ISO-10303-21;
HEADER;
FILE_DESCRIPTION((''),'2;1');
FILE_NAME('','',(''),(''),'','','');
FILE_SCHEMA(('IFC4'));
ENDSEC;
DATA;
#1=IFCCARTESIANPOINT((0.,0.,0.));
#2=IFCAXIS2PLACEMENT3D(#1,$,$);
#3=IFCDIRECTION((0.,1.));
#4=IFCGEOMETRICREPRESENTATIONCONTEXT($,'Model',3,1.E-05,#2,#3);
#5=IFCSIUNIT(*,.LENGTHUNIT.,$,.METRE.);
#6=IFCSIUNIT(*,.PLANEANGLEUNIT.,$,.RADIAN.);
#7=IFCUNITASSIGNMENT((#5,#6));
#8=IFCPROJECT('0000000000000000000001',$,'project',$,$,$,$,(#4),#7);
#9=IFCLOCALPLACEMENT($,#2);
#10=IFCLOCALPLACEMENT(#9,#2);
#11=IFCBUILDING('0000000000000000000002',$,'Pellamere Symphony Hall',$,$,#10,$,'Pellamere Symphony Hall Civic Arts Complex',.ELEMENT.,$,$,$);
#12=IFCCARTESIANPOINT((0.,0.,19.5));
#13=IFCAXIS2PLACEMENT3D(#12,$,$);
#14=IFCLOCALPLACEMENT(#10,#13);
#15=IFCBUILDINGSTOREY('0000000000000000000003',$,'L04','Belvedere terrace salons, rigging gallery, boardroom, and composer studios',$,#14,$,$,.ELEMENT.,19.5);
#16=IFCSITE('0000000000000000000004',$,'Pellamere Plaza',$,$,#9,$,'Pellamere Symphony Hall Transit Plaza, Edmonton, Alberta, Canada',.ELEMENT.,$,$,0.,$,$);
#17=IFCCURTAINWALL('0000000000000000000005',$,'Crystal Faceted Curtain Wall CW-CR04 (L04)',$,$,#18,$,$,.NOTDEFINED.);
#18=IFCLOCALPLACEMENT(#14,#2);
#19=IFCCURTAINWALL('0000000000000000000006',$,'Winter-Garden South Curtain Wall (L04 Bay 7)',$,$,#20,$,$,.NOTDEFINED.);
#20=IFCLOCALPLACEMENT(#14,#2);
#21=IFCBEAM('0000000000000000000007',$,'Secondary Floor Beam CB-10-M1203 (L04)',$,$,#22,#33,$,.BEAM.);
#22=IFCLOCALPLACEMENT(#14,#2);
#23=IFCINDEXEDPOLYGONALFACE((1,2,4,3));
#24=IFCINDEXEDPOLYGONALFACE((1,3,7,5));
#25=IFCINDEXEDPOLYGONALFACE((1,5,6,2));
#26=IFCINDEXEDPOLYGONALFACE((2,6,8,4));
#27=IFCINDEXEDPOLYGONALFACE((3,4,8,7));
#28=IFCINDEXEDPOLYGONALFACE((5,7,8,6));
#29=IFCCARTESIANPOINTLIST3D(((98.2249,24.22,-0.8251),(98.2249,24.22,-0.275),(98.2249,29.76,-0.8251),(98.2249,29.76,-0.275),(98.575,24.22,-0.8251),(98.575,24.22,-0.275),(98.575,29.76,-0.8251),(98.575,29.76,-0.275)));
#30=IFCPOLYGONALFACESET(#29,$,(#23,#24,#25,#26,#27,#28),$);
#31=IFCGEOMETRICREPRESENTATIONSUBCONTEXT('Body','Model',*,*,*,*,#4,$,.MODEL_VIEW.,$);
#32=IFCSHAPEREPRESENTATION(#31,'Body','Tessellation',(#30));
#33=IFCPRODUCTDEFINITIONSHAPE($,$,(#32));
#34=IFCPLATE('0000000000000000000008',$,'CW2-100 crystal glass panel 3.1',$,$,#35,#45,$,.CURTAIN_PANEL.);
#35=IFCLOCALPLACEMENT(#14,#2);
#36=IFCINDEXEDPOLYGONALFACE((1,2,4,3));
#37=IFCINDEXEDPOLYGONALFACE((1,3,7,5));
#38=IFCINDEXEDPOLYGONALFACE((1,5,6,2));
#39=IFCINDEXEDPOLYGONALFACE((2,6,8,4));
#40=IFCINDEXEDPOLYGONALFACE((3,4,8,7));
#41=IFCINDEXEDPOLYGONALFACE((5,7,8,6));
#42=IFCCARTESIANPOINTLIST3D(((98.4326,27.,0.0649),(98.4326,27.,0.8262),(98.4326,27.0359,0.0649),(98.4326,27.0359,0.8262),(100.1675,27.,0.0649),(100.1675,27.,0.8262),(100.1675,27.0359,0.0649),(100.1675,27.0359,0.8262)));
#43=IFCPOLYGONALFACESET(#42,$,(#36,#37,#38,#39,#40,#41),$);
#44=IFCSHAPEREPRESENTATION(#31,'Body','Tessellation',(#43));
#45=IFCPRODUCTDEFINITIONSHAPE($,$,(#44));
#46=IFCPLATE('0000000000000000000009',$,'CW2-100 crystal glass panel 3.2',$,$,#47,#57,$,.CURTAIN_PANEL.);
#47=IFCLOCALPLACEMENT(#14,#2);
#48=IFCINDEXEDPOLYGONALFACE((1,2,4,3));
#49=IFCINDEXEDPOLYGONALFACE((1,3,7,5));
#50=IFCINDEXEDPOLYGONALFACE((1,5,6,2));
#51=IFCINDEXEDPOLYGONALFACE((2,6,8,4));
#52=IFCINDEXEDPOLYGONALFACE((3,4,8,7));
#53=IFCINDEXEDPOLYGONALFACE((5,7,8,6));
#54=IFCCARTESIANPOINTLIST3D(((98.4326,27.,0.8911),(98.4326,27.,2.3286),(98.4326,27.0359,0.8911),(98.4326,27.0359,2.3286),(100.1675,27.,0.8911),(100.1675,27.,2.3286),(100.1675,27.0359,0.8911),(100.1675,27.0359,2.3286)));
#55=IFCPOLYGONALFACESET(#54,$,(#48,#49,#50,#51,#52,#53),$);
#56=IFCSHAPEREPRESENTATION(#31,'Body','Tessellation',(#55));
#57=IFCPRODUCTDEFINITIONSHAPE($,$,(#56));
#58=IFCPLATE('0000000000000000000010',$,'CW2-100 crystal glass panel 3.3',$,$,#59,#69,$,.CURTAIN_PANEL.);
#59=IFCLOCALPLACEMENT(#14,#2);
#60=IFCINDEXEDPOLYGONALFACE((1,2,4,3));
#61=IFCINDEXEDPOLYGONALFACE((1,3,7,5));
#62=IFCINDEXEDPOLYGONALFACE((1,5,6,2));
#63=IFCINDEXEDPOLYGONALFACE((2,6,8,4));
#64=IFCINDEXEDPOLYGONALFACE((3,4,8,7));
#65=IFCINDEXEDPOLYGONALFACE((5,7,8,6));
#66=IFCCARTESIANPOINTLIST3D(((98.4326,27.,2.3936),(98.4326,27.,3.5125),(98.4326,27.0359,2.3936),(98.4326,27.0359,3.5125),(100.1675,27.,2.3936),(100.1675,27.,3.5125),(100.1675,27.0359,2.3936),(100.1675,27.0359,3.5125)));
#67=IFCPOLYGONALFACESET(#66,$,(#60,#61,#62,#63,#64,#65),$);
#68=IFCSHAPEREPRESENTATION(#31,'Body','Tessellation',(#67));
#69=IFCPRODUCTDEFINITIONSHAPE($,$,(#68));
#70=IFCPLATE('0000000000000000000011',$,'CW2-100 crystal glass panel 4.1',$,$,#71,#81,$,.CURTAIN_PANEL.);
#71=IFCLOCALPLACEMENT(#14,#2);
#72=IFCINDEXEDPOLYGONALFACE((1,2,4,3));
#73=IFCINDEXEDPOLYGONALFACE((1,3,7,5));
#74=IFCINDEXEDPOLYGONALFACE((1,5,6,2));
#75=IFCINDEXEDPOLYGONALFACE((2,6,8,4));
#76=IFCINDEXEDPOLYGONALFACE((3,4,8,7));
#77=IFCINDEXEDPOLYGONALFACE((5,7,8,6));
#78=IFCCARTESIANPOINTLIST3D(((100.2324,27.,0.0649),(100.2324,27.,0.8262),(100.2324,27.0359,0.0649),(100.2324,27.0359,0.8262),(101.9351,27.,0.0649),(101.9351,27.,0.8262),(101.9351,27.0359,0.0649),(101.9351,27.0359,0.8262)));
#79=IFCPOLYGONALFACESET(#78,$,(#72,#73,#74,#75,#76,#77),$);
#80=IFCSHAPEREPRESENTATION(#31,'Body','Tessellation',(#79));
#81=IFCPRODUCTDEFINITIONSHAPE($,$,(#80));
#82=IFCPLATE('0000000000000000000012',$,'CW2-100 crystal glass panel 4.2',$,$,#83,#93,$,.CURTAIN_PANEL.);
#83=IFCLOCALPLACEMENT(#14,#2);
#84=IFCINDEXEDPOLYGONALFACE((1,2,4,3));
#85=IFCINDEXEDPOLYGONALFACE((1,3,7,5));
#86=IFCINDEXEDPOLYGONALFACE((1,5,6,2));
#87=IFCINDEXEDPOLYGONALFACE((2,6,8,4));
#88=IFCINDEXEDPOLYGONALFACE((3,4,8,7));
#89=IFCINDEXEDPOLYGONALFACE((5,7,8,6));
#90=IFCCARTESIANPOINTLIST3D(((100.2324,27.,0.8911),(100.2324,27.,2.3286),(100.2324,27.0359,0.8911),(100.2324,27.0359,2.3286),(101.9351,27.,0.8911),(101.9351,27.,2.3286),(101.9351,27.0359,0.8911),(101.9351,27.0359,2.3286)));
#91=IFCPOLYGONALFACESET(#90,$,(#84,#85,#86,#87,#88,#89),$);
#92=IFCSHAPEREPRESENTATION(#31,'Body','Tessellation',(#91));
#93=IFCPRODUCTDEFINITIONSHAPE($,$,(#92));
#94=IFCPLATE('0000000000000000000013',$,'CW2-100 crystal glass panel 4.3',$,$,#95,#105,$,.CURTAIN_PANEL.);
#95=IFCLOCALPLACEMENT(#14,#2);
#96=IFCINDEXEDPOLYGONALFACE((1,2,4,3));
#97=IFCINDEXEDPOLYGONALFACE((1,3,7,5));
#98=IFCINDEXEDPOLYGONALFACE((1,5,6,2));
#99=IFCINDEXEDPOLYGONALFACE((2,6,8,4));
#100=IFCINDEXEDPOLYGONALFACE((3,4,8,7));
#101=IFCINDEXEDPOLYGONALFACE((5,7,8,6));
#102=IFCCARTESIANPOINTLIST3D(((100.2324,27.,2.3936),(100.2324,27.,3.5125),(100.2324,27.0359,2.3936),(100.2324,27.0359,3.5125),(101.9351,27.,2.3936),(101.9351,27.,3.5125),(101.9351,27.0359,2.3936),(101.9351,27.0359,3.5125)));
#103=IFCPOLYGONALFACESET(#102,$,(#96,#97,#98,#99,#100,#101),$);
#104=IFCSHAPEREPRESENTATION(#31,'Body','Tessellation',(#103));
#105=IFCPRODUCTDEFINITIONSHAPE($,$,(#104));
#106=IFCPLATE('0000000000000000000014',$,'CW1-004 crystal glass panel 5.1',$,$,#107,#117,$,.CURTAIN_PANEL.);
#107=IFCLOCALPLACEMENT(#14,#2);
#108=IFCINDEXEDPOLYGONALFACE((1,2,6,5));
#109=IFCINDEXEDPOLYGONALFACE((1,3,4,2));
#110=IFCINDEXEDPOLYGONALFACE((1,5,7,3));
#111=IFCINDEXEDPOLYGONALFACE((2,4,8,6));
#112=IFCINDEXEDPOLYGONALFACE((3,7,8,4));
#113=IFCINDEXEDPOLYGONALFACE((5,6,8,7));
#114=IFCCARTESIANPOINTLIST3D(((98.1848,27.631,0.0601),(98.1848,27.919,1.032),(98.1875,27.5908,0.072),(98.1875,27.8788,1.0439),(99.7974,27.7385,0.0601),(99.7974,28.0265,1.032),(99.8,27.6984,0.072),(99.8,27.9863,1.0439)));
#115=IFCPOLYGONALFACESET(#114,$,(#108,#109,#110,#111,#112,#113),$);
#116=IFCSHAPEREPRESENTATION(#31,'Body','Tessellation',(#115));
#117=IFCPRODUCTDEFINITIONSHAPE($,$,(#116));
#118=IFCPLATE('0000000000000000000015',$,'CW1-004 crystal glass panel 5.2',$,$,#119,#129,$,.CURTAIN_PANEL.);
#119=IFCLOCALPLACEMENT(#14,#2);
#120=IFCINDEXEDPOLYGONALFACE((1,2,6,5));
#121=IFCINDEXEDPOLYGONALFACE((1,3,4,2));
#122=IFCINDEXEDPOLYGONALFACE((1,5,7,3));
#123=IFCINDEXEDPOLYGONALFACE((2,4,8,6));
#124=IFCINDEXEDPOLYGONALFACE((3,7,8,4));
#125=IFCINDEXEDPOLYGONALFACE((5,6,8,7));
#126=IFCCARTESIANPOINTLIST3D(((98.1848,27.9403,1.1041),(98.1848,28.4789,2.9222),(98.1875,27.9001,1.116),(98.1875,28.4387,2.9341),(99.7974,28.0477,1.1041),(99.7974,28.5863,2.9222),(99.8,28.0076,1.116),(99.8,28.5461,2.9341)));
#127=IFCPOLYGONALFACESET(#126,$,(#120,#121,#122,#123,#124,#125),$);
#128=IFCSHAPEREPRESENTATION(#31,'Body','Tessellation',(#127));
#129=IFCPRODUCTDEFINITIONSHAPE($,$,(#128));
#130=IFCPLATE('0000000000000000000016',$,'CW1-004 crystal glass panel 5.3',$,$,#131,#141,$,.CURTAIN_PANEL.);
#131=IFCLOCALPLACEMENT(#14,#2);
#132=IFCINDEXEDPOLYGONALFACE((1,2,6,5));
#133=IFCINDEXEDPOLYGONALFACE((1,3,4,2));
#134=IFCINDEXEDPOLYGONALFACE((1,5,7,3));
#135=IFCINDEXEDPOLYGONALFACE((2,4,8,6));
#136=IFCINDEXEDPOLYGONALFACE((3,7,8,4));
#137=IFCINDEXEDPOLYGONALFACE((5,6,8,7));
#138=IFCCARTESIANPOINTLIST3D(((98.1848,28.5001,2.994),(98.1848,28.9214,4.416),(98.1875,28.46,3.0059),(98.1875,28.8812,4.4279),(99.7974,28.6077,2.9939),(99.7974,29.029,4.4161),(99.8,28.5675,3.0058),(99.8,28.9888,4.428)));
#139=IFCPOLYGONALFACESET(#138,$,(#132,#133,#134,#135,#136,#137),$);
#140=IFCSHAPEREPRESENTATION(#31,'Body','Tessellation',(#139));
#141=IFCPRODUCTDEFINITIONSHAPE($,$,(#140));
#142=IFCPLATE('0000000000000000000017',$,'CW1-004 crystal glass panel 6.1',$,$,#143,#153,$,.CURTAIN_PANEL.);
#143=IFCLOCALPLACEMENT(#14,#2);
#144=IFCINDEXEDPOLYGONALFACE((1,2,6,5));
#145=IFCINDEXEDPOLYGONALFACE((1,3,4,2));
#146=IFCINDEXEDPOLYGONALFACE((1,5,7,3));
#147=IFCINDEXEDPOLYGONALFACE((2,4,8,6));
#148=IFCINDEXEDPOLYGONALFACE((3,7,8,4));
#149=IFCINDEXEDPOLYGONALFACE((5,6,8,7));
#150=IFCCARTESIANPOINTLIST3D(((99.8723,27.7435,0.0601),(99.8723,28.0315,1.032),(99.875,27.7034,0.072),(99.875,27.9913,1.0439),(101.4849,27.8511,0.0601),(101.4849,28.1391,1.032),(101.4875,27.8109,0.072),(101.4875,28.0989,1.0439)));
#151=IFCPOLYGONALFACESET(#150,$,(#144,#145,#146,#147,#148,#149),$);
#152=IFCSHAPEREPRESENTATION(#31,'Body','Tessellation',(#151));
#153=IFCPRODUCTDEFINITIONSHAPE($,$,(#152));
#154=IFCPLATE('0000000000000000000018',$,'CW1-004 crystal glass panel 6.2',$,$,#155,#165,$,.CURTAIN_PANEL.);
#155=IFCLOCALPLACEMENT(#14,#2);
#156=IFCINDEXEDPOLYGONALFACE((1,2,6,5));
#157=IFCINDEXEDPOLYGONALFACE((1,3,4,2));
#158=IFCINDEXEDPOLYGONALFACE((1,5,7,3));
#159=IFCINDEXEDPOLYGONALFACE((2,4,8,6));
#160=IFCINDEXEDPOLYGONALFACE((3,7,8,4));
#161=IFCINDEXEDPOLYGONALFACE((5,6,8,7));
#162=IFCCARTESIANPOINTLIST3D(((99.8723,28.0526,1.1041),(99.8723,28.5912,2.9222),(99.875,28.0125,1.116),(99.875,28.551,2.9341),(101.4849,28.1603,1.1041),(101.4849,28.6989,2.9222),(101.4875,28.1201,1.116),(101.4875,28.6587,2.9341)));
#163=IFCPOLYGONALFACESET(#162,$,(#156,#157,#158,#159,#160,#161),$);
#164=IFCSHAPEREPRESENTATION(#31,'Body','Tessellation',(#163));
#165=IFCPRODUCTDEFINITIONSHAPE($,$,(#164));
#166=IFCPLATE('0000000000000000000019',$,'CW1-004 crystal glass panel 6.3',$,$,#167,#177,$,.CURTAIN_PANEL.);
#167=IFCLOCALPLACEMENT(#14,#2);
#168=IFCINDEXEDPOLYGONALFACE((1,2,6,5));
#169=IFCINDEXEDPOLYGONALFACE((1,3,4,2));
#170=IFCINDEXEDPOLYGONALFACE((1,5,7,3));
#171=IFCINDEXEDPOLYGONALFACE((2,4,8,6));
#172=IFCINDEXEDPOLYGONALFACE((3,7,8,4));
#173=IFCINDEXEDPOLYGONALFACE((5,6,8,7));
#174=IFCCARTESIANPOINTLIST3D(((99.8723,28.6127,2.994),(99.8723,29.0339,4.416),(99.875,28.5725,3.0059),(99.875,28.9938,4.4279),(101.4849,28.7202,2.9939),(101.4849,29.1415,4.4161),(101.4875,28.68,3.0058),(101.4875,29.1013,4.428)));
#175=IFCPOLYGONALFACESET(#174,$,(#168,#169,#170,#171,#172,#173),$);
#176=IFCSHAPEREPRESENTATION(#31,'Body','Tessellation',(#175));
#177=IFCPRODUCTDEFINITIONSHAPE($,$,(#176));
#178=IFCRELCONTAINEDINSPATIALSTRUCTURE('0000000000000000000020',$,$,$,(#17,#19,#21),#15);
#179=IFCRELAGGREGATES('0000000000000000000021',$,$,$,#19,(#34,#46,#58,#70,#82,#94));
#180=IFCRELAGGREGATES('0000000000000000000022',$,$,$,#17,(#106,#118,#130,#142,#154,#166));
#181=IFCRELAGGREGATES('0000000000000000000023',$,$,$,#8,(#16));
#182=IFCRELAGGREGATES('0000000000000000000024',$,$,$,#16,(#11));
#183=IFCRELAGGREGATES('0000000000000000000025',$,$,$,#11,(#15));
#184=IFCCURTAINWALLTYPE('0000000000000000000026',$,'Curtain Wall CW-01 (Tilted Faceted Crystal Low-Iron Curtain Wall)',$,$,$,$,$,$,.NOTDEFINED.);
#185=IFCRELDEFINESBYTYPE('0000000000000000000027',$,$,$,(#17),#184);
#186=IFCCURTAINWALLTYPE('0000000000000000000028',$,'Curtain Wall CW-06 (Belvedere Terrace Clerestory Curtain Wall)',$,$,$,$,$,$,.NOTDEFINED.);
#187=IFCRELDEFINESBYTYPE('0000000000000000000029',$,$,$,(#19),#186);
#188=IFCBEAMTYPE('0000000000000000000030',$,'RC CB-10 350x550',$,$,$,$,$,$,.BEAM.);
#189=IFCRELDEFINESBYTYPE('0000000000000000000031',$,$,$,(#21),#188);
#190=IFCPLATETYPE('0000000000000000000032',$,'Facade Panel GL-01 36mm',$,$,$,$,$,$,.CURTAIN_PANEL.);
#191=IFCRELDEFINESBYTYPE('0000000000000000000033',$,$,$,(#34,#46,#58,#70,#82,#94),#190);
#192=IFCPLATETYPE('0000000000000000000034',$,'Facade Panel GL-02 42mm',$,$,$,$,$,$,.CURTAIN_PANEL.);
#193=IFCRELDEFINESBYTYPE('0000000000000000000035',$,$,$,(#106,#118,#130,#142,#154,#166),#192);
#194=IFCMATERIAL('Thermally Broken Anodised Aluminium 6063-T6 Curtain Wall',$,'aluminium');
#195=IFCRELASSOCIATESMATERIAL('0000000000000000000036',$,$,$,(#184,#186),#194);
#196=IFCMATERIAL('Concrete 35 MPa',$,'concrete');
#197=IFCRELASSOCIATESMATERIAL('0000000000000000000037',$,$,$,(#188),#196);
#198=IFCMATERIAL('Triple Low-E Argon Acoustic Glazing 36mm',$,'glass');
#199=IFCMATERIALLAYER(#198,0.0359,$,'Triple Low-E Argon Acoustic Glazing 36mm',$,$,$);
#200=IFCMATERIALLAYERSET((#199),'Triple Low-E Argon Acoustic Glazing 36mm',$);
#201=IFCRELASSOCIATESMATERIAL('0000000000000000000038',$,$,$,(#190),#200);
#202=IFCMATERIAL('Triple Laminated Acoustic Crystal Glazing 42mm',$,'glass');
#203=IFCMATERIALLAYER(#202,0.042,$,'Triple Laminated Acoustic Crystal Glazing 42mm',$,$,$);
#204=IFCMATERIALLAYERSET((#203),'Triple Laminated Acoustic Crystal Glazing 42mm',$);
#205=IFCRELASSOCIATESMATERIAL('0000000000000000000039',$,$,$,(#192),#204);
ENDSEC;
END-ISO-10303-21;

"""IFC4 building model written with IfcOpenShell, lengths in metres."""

from ifc_helpers import new_model, si_unit, direction, frame, origin, origin_2d, place, context, subcontext, project, spatial, polyline, rectangle, outline, extrude, material, layer, layer_set, material_profile, profile_set, type_object, element, aggregate, save


model = new_model("IFC4")

# Units and contexts
model_context = context("Model", 3, precision=1e-05, world=origin(), true_north=direction((0.0, 1.0)))
body_context = subcontext(model_context, "Body", "Model", "MODEL_VIEW")
ifc_project = project(units=[si_unit("LENGTHUNIT", "METRE"), si_unit("PLANEANGLEUNIT", "RADIAN")], contexts=[model_context])

# Site, building, storey
site_placement = place(None, origin())
site = spatial("IfcSite", under=ifc_project, at=site_placement, Name="Pellamere Plaza", LongName="Pellamere Symphony Hall Transit Plaza, Edmonton, Alberta, Canada", CompositionType="ELEMENT", RefElevation=0.0)
building_placement = place(site_placement, origin())
building = spatial("IfcBuilding", under=site, at=building_placement, Name="Pellamere Symphony Hall", LongName="Pellamere Symphony Hall Civic Arts Complex", CompositionType="ELEMENT")
storey_placement = place(building_placement, frame((0.0, 0.0, 19.5)))
storey = spatial("IfcBuildingStorey", under=building, at=storey_placement, Name="L04", Description="Belvedere terrace salons, rigging gallery, boardroom, and composer studios", CompositionType="ELEMENT", Elevation=19.5)

# Curtain walls
ifc_material_1 = material(Name="Thermally Broken Anodised Aluminium 6063-T6 Curtain Wall", Category="aluminium")
curtain_wall_type_1 = type_object("IfcCurtainWallType", Name="Curtain Wall CW-01 (Tilted Faceted Crystal Low-Iron Curtain Wall)", PredefinedType="NOTDEFINED", material=ifc_material_1)
curtain_wall_1_placement = place(storey_placement, origin())
curtain_wall_1 = element("IfcCurtainWall", 1, at=curtain_wall_1_placement, inside=storey, type_object=curtain_wall_type_1, Name="Crystal Faceted Curtain Wall CW-CR04 (L04)", PredefinedType="NOTDEFINED")
curtain_wall_type_2 = type_object("IfcCurtainWallType", Name="Curtain Wall CW-06 (Belvedere Terrace Clerestory Curtain Wall)", PredefinedType="NOTDEFINED", material=ifc_material_1)
curtain_wall_2_placement = place(storey_placement, origin())
curtain_wall_2 = element("IfcCurtainWall", 2, at=curtain_wall_2_placement, inside=storey, type_object=curtain_wall_type_2, Name="Winter-Garden South Curtain Wall (L04 Bay 7)", PredefinedType="NOTDEFINED")

# Beam
ifc_material_2 = material(Name="Concrete 35 MPa", Category="concrete")
ifc_material_profile_1 = material_profile(ifc_material_2, rectangle(XDim=0.3501, YDim=0.55, at=origin_2d()), Name="RC 350x550")
ifc_profile_set_1 = profile_set([ifc_material_profile_1], Name="Concrete 35 MPa")
beam_type_1 = type_object("IfcBeamType", Name="RC CB-10 350x550", PredefinedType="BEAM", material=ifc_profile_set_1)
beam_1_placement = place(storey_placement, frame((98.3999, 24.22, -0.55), z_axis=(0.0, 1.0, 0.0), x_axis=(-1.0, 0.0, 0.0)))
element("IfcBeam", 3, at=beam_1_placement, inside=storey, type_object=beam_type_1, Name="Secondary Floor Beam CB-10-M1203 (L04)", PredefinedType="BEAM", context=body_context, shape_type="SweptSolid", body=[
    extrude(rectangle(XDim=0.3501, YDim=0.55, at=origin_2d()), origin(), (0.0, 0.0, 1.0), 5.54),
])

# Plates
ifc_material_3 = material(Name="Triple Low-E Argon Acoustic Glazing 36mm", Category="glass")
ifc_layer_1 = layer(ifc_material_3, 0.0359, Name="Triple Low-E Argon Acoustic Glazing 36mm")
ifc_layer_set_1 = layer_set([ifc_layer_1], Name="Triple Low-E Argon Acoustic Glazing 36mm")
plate_type_1 = type_object("IfcPlateType", Name="Facade Panel GL-01 36mm", PredefinedType="CURTAIN_PANEL", material=ifc_layer_set_1)
plate_1_placement = place(storey_placement, frame((98.4326, 27.0, 0.0649), z_axis=(0.0, -1.0, 0.0), x_axis=(1.0, 0.0, 0.0)))
plate_1 = element("IfcPlate", 4, at=plate_1_placement, type_object=plate_type_1, Name="CW2-100 crystal glass panel 3.1", PredefinedType="CURTAIN_PANEL", context=body_context, shape_type="SweptSolid", body=[
    extrude(outline(polyline([(0.0, 0.0), (1.7349, 0.0), (1.7349, 0.7612), (0.0, 0.7612), (0.0, 0.0)])), origin(), (0.0, 0.0, -1.0), 0.0359),
])
plate_2_placement = place(storey_placement, frame((98.4326, 27.0, 0.8911), z_axis=(0.0, -1.0, 0.0), x_axis=(1.0, 0.0, 0.0)))
plate_2 = element("IfcPlate", 5, at=plate_2_placement, type_object=plate_type_1, Name="CW2-100 crystal glass panel 3.2", PredefinedType="CURTAIN_PANEL", context=body_context, shape_type="SweptSolid", body=[
    extrude(outline(polyline([(0.0, 0.0), (1.7349, 0.0), (1.7349, 1.4375), (0.0, 1.4375), (0.0, 0.0)])), origin(), (0.0, 0.0, -1.0), 0.0359),
])
plate_3_placement = place(storey_placement, frame((98.4326, 27.0, 2.3936), z_axis=(0.0, -1.0, 0.0), x_axis=(1.0, 0.0, 0.0)))
plate_3 = element("IfcPlate", 6, at=plate_3_placement, type_object=plate_type_1, Name="CW2-100 crystal glass panel 3.3", PredefinedType="CURTAIN_PANEL", context=body_context, shape_type="SweptSolid", body=[
    extrude(outline(polyline([(0.0, 0.0), (1.7349, 0.0), (1.7349, 1.1189), (0.0, 1.1189), (0.0, 0.0)])), origin(), (0.0, 0.0, -1.0), 0.0359),
])
plate_4_placement = place(storey_placement, frame((100.2324, 27.0, 0.0649), z_axis=(0.0, -1.0, 0.0), x_axis=(1.0, 0.0, 0.0)))
plate_4 = element("IfcPlate", 7, at=plate_4_placement, type_object=plate_type_1, Name="CW2-100 crystal glass panel 4.1", PredefinedType="CURTAIN_PANEL", context=body_context, shape_type="SweptSolid", body=[
    extrude(outline(polyline([(0.0, 0.0), (1.7026, 0.0), (1.7026, 0.7612), (0.0, 0.7612), (0.0, 0.0)])), origin(), (0.0, 0.0, -1.0), 0.0359),
])
plate_5_placement = place(storey_placement, frame((100.2324, 27.0, 0.8911), z_axis=(0.0, -1.0, 0.0), x_axis=(1.0, 0.0, 0.0)))
plate_5 = element("IfcPlate", 8, at=plate_5_placement, type_object=plate_type_1, Name="CW2-100 crystal glass panel 4.2", PredefinedType="CURTAIN_PANEL", context=body_context, shape_type="SweptSolid", body=[
    extrude(outline(polyline([(0.0, 0.0), (1.7026, 0.0), (1.7026, 1.4375), (0.0, 1.4375), (0.0, 0.0)])), origin(), (0.0, 0.0, -1.0), 0.0359),
])
plate_6_placement = place(storey_placement, frame((100.2324, 27.0, 2.3936), z_axis=(0.0, -1.0, 0.0), x_axis=(1.0, 0.0, 0.0)))
plate_6 = element("IfcPlate", 9, at=plate_6_placement, type_object=plate_type_1, Name="CW2-100 crystal glass panel 4.3", PredefinedType="CURTAIN_PANEL", context=body_context, shape_type="SweptSolid", body=[
    extrude(outline(polyline([(0.0, 0.0), (1.7026, 0.0), (1.7026, 1.1189), (0.0, 1.1189), (0.0, 0.0)])), origin(), (0.0, 0.0, -1.0), 0.0359),
])
aggregate(curtain_wall_2, [plate_1, plate_2, plate_3, plate_4, plate_5, plate_6])
ifc_material_4 = material(Name="Triple Laminated Acoustic Crystal Glazing 42mm", Category="glass")
ifc_layer_2 = layer(ifc_material_4, 0.042, Name="Triple Laminated Acoustic Crystal Glazing 42mm")
ifc_layer_set_2 = layer_set([ifc_layer_2], Name="Triple Laminated Acoustic Crystal Glazing 42mm")
plate_type_2 = type_object("IfcPlateType", Name="Facade Panel GL-02 42mm", PredefinedType="CURTAIN_PANEL", material=ifc_layer_set_2)
plate_7_placement = place(storey_placement, frame((98.1875, 27.5908, 0.072), z_axis=(0.063814, -0.956848, 0.283497), x_axis=(0.997784, 0.066538, -0.00002)))
plate_7 = element("IfcPlate", 10, at=plate_7_placement, type_object=plate_type_2, Name="CW1-004 crystal glass panel 5.1", PredefinedType="CURTAIN_PANEL", context=body_context, shape_type="SweptSolid", body=[
    extrude(outline(polyline([(0.0, 0.0), (1.6161, 0.0), (1.6353, 1.0135), (0.0191, 1.0135), (0.0, 0.0)])), origin(), (0.0, 0.0, -1.0), 0.042),
])
plate_8_placement = place(storey_placement, frame((98.1875, 27.9001, 1.116), z_axis=(0.063743, -0.956866, 0.283449), x_axis=(0.997788, 0.066469, 0.0)))
plate_8 = element("IfcPlate", 11, at=plate_8_placement, type_object=plate_type_2, Name="CW1-004 crystal glass panel 5.2", PredefinedType="CURTAIN_PANEL", context=body_context, shape_type="SweptSolid", body=[
    extrude(outline(polyline([(0.0, 0.0), (1.6161, 0.0), (1.6519, 1.8959), (0.0358, 1.8959), (0.0, 0.0)])), origin(), (0.0, 0.0, -1.0), 0.042),
])
plate_9_placement = place(storey_placement, frame((98.1875, 28.46, 3.0059), z_axis=(0.063815, -0.956863, 0.283445), x_axis=(0.997784, 0.066538, -0.00002)))
plate_9 = element("IfcPlate", 12, at=plate_9_placement, type_object=plate_type_2, Name="CW1-004 crystal glass panel 5.3", PredefinedType="CURTAIN_PANEL", context=body_context, shape_type="SweptSolid", body=[
    extrude(outline(polyline([(0.0, 0.0), (1.6161, 0.0), (1.6441, 1.483), (0.028, 1.4829), (0.0, 0.0)])), origin(), (0.0, 0.0, -1.0), 0.042),
])
plate_10_placement = place(storey_placement, frame((99.875, 27.7034, 0.072), z_axis=(0.063814, -0.956848, 0.283497), x_axis=(0.997784, 0.066538, -0.00002)))
plate_10 = element("IfcPlate", 13, at=plate_10_placement, type_object=plate_type_2, Name="CW1-004 crystal glass panel 6.1", PredefinedType="CURTAIN_PANEL", context=body_context, shape_type="SweptSolid", body=[
    extrude(outline(polyline([(0.0, 0.0), (1.6161, 0.0), (1.6353, 1.0135), (0.0191, 1.0135), (0.0, 0.0)])), origin(), (0.0, 0.0, -1.0), 0.042),
])
plate_11_placement = place(storey_placement, frame((99.875, 28.0125, 1.116), z_axis=(0.063887, -0.956858, 0.283447), x_axis=(0.997778, 0.066619, 0.0)))
plate_11 = element("IfcPlate", 14, at=plate_11_placement, type_object=plate_type_2, Name="CW1-004 crystal glass panel 6.2", PredefinedType="CURTAIN_PANEL", context=body_context, shape_type="SweptSolid", body=[
    extrude(outline(polyline([(0.0, 0.0), (1.6161, 0.0), (1.652, 1.8959), (0.0359, 1.8959), (0.0, 0.0)])), origin(), (0.0, 0.0, -1.0), 0.042),
])
plate_12_placement = place(storey_placement, frame((99.875, 28.5725, 3.0059), z_axis=(0.063815, -0.956863, 0.283445), x_axis=(0.997784, 0.066538, -0.00002)))
plate_12 = element("IfcPlate", 15, at=plate_12_placement, type_object=plate_type_2, Name="CW1-004 crystal glass panel 6.3", PredefinedType="CURTAIN_PANEL", context=body_context, shape_type="SweptSolid", body=[
    extrude(outline(polyline([(0.0, 0.0), (1.6161, 0.0), (1.6441, 1.483), (0.028, 1.4829), (0.0, 0.0)])), origin(), (0.0, 0.0, -1.0), 0.042),
])
aggregate(curtain_wall_1, [plate_7, plate_8, plate_9, plate_10, plate_11, plate_12])

save(model, "model.ifc")
